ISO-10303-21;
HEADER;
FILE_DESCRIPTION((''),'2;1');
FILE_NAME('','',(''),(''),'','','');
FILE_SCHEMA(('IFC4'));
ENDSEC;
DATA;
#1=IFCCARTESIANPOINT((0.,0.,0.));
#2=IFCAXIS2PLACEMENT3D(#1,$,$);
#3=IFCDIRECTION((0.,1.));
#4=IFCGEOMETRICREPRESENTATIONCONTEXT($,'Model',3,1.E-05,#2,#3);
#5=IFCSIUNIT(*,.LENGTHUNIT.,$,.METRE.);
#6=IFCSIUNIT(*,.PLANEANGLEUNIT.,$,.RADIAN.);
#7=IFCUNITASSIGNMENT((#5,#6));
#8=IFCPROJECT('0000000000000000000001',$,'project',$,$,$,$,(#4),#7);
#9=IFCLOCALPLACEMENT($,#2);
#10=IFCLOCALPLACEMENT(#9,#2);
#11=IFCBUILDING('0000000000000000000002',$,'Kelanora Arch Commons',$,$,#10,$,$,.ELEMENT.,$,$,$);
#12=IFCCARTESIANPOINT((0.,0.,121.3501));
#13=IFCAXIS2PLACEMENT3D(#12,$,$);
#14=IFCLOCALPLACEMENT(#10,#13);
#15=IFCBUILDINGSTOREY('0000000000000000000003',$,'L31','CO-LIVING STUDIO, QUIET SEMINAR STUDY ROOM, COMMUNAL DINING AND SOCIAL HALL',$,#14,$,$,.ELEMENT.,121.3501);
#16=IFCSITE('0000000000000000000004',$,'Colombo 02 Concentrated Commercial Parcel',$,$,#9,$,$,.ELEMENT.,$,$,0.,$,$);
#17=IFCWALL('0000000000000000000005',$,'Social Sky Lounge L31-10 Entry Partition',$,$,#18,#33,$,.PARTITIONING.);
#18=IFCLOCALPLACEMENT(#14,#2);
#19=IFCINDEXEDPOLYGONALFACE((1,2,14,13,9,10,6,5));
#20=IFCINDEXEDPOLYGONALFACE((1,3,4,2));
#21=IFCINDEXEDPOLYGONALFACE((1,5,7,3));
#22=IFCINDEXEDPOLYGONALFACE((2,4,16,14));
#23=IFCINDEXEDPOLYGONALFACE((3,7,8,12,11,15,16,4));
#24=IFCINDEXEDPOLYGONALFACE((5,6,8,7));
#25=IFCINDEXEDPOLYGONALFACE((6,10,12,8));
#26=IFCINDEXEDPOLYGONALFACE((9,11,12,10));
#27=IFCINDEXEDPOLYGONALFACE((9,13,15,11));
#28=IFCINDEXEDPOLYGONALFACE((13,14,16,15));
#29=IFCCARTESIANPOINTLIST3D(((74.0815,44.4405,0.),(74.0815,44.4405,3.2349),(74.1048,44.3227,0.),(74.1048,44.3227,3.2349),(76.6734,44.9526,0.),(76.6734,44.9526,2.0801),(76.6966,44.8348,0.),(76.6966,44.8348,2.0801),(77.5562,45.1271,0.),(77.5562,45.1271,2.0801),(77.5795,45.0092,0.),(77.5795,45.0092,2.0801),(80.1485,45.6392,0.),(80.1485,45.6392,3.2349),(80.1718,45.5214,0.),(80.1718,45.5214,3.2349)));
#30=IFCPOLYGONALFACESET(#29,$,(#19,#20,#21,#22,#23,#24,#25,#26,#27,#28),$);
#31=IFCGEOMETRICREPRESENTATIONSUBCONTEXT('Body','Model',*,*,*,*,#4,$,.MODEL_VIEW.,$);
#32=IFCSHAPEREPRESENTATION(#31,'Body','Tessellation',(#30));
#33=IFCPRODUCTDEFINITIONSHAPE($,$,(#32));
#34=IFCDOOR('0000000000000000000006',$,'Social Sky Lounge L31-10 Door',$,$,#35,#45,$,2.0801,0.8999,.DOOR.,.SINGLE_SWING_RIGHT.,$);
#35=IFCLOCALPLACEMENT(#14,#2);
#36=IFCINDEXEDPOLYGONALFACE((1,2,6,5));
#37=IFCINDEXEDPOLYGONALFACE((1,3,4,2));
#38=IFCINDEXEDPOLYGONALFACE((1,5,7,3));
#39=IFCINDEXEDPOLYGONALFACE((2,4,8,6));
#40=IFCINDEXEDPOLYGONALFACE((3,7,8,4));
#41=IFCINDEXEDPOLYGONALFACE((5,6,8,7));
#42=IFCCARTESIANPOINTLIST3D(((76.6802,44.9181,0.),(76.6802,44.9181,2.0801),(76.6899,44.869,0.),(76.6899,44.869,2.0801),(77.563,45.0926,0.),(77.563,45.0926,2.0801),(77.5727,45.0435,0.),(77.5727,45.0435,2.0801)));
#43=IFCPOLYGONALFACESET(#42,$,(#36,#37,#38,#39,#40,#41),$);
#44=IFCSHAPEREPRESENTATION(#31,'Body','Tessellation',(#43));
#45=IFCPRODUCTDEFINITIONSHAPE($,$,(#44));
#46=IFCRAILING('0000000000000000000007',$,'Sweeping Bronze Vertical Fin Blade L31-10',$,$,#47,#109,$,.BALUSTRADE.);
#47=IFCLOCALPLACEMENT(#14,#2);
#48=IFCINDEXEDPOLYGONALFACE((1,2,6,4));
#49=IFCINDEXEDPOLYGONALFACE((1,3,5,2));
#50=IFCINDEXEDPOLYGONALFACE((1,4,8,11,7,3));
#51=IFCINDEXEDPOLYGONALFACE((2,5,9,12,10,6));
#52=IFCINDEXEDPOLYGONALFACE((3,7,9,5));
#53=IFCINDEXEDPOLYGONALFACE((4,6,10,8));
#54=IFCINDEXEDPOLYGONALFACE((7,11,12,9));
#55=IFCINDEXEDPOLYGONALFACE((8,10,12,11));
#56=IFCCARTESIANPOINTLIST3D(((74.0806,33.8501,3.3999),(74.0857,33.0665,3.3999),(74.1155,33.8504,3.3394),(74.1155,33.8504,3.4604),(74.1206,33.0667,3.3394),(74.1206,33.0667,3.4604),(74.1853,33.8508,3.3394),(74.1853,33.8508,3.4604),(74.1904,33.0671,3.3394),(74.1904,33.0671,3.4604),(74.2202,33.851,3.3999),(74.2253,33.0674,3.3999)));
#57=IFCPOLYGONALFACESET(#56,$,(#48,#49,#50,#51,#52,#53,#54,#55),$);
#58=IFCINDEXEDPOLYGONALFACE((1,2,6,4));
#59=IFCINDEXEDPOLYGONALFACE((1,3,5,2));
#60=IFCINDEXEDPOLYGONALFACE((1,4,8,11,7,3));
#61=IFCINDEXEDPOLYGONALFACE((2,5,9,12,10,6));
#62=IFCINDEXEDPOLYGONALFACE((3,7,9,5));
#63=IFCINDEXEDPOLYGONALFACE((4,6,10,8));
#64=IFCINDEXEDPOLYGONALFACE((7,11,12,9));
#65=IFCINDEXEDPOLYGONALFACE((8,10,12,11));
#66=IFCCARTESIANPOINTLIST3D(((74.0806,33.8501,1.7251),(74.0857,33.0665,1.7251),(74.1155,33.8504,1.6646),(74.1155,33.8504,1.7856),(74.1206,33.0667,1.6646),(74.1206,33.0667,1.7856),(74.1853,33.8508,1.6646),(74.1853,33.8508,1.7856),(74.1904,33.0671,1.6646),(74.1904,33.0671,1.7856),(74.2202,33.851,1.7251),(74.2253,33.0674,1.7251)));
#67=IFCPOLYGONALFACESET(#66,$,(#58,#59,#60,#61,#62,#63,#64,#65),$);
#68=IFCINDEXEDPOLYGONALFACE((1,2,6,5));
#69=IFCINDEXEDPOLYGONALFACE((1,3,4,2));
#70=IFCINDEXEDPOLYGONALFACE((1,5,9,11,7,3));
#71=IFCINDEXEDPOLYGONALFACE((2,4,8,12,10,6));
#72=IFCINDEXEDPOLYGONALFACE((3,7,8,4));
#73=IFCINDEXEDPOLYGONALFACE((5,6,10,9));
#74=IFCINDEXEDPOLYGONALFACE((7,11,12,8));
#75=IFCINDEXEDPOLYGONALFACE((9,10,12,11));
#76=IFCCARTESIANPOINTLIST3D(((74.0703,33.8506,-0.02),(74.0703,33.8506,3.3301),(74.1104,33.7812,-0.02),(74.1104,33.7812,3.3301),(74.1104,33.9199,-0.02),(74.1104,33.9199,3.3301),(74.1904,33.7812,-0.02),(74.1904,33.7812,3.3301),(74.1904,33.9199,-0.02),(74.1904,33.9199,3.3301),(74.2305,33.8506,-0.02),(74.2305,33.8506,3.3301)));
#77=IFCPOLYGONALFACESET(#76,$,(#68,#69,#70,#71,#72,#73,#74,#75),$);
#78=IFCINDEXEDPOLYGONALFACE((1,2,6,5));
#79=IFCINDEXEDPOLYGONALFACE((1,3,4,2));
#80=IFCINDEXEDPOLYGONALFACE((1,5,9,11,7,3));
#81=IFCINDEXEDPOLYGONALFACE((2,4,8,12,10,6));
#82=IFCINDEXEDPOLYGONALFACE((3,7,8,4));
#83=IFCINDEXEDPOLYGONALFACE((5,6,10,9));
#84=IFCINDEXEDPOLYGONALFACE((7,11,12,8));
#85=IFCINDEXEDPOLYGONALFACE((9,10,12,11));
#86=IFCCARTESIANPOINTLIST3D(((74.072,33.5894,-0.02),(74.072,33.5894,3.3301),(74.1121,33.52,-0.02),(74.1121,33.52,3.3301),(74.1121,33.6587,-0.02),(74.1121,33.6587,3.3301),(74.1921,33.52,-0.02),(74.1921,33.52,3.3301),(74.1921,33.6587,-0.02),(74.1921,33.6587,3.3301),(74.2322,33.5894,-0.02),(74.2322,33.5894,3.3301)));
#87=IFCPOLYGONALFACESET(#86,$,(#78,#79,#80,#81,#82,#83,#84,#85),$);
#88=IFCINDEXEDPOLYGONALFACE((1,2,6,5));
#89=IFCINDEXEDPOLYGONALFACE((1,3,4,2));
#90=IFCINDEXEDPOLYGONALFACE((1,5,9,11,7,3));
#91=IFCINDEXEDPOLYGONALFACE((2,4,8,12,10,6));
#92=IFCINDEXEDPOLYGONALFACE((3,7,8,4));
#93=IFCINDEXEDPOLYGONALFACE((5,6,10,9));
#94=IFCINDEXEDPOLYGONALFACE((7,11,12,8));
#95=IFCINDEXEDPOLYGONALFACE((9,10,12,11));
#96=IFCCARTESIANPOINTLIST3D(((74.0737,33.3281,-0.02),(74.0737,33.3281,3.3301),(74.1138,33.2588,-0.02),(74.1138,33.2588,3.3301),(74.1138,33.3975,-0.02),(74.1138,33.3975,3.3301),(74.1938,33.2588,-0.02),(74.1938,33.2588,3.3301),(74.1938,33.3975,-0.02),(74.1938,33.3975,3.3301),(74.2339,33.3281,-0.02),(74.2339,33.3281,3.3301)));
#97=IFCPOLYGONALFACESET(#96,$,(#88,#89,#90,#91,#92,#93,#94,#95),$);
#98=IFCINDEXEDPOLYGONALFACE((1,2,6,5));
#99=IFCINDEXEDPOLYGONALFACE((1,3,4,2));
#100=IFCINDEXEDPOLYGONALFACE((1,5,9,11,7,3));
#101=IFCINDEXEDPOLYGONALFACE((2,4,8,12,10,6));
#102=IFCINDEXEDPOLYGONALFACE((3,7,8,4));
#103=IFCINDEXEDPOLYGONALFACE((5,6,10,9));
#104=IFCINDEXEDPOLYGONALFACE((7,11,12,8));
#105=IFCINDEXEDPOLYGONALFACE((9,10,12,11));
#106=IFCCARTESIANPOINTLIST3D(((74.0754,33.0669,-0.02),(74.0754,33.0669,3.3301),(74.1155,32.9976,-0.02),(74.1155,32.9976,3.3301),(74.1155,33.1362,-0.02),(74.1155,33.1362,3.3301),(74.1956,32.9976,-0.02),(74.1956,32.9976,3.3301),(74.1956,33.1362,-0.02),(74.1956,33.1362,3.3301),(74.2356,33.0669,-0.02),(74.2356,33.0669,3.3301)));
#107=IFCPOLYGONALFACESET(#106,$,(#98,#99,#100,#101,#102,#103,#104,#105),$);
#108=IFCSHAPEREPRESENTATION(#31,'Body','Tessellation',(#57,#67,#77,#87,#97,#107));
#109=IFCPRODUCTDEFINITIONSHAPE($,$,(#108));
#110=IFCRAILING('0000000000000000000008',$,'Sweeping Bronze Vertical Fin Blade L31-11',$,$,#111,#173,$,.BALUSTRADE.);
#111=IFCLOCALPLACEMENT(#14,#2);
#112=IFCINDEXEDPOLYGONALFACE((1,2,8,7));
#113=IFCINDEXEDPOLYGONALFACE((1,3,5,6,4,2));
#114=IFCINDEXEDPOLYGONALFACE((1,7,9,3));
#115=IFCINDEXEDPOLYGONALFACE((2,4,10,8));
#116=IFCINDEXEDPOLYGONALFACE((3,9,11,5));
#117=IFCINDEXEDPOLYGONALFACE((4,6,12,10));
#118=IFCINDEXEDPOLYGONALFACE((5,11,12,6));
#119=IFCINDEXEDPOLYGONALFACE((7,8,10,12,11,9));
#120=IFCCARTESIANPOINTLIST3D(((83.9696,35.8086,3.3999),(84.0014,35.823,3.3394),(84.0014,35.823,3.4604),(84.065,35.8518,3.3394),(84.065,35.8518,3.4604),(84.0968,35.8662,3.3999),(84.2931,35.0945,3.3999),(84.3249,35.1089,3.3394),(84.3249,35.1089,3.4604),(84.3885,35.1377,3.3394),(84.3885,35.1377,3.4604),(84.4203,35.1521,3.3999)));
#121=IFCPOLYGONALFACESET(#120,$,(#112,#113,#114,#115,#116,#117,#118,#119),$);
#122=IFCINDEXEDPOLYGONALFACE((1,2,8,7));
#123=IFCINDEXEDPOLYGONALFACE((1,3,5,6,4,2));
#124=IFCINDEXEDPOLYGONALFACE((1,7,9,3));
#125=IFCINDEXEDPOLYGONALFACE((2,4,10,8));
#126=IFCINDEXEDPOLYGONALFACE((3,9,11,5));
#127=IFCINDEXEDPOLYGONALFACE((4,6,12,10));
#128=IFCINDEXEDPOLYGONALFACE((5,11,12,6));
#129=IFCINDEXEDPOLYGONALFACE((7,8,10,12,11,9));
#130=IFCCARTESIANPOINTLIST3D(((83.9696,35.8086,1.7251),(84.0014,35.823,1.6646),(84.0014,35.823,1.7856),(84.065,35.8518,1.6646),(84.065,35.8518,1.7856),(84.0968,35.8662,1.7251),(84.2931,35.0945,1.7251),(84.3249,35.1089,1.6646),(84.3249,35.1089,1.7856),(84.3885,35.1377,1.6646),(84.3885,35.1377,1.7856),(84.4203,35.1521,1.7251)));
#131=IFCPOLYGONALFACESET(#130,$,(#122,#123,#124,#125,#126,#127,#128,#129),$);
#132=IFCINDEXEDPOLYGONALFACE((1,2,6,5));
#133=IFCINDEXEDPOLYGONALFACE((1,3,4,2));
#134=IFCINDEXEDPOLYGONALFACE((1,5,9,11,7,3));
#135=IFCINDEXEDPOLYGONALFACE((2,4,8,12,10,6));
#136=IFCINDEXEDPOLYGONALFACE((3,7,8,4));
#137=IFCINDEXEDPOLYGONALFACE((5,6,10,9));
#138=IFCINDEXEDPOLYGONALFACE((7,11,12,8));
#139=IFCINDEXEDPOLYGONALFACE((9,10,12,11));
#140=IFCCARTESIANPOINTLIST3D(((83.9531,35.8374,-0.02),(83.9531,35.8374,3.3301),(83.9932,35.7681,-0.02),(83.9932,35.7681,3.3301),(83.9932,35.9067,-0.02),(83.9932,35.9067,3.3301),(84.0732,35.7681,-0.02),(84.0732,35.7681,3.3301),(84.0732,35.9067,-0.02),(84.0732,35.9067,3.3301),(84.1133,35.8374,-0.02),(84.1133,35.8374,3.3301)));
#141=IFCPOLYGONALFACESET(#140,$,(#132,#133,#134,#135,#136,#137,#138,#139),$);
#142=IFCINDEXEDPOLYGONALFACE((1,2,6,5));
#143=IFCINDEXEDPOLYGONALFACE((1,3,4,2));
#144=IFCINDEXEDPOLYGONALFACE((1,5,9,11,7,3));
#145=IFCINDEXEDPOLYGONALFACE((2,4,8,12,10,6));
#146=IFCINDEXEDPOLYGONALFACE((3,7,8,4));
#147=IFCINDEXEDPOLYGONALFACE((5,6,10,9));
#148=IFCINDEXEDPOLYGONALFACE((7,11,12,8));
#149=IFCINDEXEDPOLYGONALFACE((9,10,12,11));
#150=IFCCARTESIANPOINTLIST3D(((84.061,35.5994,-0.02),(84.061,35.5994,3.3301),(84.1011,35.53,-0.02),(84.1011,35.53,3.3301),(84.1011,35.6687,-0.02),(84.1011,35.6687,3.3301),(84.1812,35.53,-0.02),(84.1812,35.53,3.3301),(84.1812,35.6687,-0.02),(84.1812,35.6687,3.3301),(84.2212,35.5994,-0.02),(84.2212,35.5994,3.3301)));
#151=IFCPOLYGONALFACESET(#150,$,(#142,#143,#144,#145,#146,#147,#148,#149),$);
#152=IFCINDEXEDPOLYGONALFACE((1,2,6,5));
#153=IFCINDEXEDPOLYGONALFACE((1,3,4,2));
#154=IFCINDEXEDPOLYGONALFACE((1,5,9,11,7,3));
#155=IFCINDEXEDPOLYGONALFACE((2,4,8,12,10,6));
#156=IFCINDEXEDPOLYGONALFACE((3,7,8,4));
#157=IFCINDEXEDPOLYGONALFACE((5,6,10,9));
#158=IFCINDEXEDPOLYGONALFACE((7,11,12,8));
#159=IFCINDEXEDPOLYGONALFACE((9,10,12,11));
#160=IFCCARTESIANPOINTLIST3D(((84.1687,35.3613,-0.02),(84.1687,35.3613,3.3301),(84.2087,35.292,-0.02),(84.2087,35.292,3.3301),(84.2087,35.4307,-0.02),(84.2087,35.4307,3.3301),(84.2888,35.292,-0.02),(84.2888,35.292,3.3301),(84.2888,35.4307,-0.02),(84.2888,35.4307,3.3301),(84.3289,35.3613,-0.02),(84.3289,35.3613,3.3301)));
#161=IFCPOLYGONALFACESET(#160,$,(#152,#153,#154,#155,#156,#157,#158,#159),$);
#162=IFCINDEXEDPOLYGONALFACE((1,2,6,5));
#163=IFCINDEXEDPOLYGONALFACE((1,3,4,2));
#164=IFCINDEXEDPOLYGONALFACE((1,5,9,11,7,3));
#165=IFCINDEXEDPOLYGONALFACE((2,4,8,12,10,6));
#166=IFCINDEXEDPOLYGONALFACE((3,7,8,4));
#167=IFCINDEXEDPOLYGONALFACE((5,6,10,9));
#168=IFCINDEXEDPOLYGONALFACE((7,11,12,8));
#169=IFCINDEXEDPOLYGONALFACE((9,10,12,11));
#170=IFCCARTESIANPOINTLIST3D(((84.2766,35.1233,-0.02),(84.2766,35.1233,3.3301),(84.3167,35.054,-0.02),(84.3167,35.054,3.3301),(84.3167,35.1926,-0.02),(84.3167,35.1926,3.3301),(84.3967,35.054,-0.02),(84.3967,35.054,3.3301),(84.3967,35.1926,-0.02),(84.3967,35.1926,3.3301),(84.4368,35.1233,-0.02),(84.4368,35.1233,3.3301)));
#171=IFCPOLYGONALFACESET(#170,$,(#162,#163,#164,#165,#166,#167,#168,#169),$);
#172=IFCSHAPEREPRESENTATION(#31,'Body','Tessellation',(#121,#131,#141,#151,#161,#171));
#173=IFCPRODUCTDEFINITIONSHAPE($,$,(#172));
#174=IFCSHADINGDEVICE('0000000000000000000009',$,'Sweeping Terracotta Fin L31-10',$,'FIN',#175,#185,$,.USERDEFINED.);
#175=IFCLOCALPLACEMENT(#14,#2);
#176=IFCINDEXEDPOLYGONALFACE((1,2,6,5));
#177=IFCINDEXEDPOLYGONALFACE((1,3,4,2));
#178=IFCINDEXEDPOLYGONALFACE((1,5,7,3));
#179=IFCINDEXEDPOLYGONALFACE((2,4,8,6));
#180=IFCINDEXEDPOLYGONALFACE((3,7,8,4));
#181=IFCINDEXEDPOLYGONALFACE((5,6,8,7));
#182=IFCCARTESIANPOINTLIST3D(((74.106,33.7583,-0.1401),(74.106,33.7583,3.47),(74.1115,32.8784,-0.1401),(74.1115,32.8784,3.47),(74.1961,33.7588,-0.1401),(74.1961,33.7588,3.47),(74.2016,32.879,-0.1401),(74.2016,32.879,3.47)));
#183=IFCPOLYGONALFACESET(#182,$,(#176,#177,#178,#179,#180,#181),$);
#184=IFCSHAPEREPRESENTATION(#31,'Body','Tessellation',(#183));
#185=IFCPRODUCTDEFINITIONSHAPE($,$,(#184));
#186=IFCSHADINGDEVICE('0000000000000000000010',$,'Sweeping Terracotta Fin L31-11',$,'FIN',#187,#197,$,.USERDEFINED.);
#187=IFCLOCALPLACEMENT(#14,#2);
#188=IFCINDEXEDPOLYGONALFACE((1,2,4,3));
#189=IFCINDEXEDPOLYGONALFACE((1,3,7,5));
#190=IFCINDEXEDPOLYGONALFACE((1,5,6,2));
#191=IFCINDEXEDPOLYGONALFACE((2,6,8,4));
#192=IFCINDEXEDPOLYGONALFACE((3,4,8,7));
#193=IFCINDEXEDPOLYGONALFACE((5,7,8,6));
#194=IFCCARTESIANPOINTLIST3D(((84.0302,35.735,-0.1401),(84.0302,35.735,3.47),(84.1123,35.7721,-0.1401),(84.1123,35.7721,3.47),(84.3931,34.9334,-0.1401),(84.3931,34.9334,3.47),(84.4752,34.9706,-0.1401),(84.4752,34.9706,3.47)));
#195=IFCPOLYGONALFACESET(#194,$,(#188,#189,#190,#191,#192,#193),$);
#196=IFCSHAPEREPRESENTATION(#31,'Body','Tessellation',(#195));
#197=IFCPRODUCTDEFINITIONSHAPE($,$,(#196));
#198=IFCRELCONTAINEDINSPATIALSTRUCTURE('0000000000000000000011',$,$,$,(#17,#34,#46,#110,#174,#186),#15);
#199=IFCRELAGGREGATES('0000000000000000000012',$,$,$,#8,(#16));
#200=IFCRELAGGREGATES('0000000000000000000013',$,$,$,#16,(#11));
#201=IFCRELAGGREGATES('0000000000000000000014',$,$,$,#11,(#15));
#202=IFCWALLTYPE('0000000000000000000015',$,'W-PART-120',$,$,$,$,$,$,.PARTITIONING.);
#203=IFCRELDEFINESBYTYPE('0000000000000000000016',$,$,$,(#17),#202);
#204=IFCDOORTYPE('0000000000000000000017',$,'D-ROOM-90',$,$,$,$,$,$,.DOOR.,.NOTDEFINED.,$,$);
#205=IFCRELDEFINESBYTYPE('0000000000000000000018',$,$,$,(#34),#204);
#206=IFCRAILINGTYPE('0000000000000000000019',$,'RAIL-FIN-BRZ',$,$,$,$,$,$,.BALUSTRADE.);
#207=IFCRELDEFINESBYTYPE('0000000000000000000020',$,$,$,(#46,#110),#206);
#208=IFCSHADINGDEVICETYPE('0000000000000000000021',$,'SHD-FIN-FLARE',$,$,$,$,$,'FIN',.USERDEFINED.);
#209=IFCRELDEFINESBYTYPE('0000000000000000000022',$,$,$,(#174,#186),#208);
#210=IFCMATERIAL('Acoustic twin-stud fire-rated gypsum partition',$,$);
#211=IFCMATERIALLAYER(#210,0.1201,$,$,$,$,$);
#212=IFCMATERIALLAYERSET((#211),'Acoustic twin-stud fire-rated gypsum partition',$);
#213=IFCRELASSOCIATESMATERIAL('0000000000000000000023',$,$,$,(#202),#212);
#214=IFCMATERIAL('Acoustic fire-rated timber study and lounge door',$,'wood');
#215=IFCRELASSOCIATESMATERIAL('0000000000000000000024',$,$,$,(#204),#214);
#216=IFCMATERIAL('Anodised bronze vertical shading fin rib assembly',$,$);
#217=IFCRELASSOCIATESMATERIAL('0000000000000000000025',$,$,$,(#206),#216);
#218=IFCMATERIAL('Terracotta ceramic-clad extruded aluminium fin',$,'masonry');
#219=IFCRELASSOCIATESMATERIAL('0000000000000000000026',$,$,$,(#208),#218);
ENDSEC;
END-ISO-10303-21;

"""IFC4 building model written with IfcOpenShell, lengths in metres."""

from ifc_helpers import new_model, si_unit, direction, frame, frame_2d, origin, origin_2d, place, context, subcontext, project, spatial, polyline, rectangle, outline, extrude, source, transform, mapped, material, layer, layer_set, type_object, element, fill, save


model = new_model("IFC4")

# Units and contexts
model_context = context("Model", 3, precision=1e-05, world=origin(), true_north=direction((0.0, 1.0)))
body_context = subcontext(model_context, "Body", "Model", "MODEL_VIEW")
ifc_project = project(units=[si_unit("LENGTHUNIT", "METRE"), si_unit("PLANEANGLEUNIT", "RADIAN")], contexts=[model_context])

# Site, building, storey
site_placement = place(None, origin())
site = spatial("IfcSite", under=ifc_project, at=site_placement, Name="Colombo 02 Concentrated Commercial Parcel", CompositionType="ELEMENT", RefElevation=0.0)
building_placement = place(site_placement, origin())
building = spatial("IfcBuilding", under=site, at=building_placement, Name="Kelanora Arch Commons", CompositionType="ELEMENT")
storey_placement = place(building_placement, frame((0.0, 0.0, 121.3501)))
storey = spatial("IfcBuildingStorey", under=building, at=storey_placement, Name="L31", Description="CO-LIVING STUDIO, QUIET SEMINAR STUDY ROOM, COMMUNAL DINING AND SOCIAL HALL", CompositionType="ELEMENT", Elevation=121.3501)

# Wall, opening, door
ifc_material_1 = material(Name="Acoustic twin-stud fire-rated gypsum partition")
ifc_layer_1 = layer(ifc_material_1, 0.1201)
ifc_layer_set_1 = layer_set([ifc_layer_1], Name="Acoustic twin-stud fire-rated gypsum partition")
wall_type_1 = type_object("IfcWallType", Name="W-PART-120", PredefinedType="PARTITIONING", material=ifc_layer_set_1)
wall_1_placement = place(storey_placement, frame((74.093, 44.3816, 0.0), z_axis=(0.0, 0.0, 1.0), x_axis=(0.981035, 0.193831, 0.0)))
wall_1 = element("IfcWall", 1, at=wall_1_placement, inside=storey, type_object=wall_type_1, Name="Social Sky Lounge L31-10 Entry Partition", PredefinedType="PARTITIONING", context=body_context, shape_type="SweptSolid", body=[
    extrude(rectangle(XDim=6.1843, YDim=0.1201, at=frame_2d((3.0923, 0.0))), origin(), (0.0, 0.0, 1.0), 3.2349),
])
opening_placement = place(wall_1_placement, frame((2.6421, 0.0, 0.0)))
opening = element("IfcOpeningElement", 2, at=opening_placement, cuts=wall_1, PredefinedType="OPENING", context=body_context, shape_type="SweptSolid", body=[
    extrude(rectangle(XDim=0.8999, YDim=2.0801, at=frame_2d((0.45, 1.04))), frame((0.0, 0.0701, 0.0), z_axis=(0.0, -1.0, 0.0), x_axis=(1.0, 0.0, 0.0)), (0.0, 0.0, 1.0), 0.1401),
])
ifc_material_2 = material(Name="Acoustic fire-rated timber study and lounge door", Category="wood")
door_type = type_object("IfcDoorType", Name="D-ROOM-90", OperationType="NOTDEFINED", PredefinedType="DOOR", material=ifc_material_2)
door_placement = place(opening_placement, origin())
door = element("IfcDoor", 3, at=door_placement, inside=storey, type_object=door_type, Name="Social Sky Lounge L31-10 Door", OperationType="SINGLE_SWING_RIGHT", OverallHeight=2.0801, OverallWidth=0.8999, PredefinedType="DOOR", context=body_context, shape_type="SweptSolid", body=[
    extrude(rectangle(XDim=0.8999, YDim=2.0801, at=frame_2d((0.45, 1.04))), frame((0.0, 0.0249, 0.0), z_axis=(0.0, -1.0, 0.0), x_axis=(1.0, 0.0, 0.0)), (0.0, 0.0, 1.0), 0.05),
])
fill(opening, door)

# Railings
ifc_material_3 = material(Name="Anodised bronze vertical shading fin rib assembly")
railing_type = type_object("IfcRailingType", Name="RAIL-FIN-BRZ", PredefinedType="BALUSTRADE", material=ifc_material_3)
railing_1_placement = place(storey_placement, frame((74.1504, 33.8506, -0.02)))
element("IfcRailing", 4, at=railing_1_placement, inside=storey, type_object=railing_type, Name="Sweeping Bronze Vertical Fin Blade L31-10", PredefinedType="BALUSTRADE", context=body_context, shape_type="SweptSolid", body=[
    extrude(outline(polyline([(0.0698, 0.0), (0.0349, 0.0605), (-0.0349, 0.0605), (-0.0698, 0.0), (-0.0349, -0.0605), (0.0349, -0.0605), (0.0698, 0.0)])), frame((0.0, 0.0, 3.4199), z_axis=(0.006542, -0.999979, 0.0), x_axis=(0.999979, 0.006542, 0.0)), (0.0, 0.0, 1.0), 0.7837),
    extrude(outline(polyline([(0.0698, 0.0), (0.0349, 0.0605), (-0.0349, 0.0605), (-0.0698, 0.0), (-0.0349, -0.0605), (0.0349, -0.0605), (0.0698, 0.0)])), frame((0.0, 0.0, 1.7451), z_axis=(0.006542, -0.999979, 0.0), x_axis=(0.999979, 0.006542, 0.0)), (0.0, 0.0, 1.0), 0.7837),
    extrude(outline(polyline([(0.0801, 0.0), (0.04, 0.0693), (-0.04, 0.0693), (-0.0801, 0.0), (-0.04, -0.0693), (0.04, -0.0693), (0.0801, 0.0)])), origin(), (0.0, 0.0, 1.0), 3.3501),
    extrude(outline(polyline([(0.0801, 0.0), (0.04, 0.0693), (-0.04, 0.0693), (-0.0801, 0.0), (-0.04, -0.0693), (0.04, -0.0693), (0.0801, 0.0)])), frame((0.0017, -0.2612, 0.0)), (0.0, 0.0, 1.0), 3.3501),
    extrude(outline(polyline([(0.0801, 0.0), (0.04, 0.0693), (-0.04, 0.0693), (-0.0801, 0.0), (-0.04, -0.0693), (0.04, -0.0693), (0.0801, 0.0)])), frame((0.0034, -0.5225, 0.0)), (0.0, 0.0, 1.0), 3.3501),
    extrude(outline(polyline([(0.0801, 0.0), (0.04, 0.0693), (-0.04, 0.0693), (-0.0801, 0.0), (-0.04, -0.0693), (0.04, -0.0693), (0.0801, 0.0)])), frame((0.0051, -0.7837, 0.0)), (0.0, 0.0, 1.0), 3.3501),
])
railing_2_placement = place(storey_placement, frame((84.0332, 35.8374, -0.02)))
element("IfcRailing", 5, at=railing_2_placement, inside=storey, type_object=railing_type, Name="Sweeping Bronze Vertical Fin Blade L31-11", PredefinedType="BALUSTRADE", context=body_context, shape_type="SweptSolid", body=[
    extrude(outline(polyline([(0.0698, 0.0), (0.0349, 0.0605), (-0.0349, 0.0605), (-0.0698, 0.0), (-0.0349, -0.0605), (0.0349, -0.0605), (0.0698, 0.0)])), frame((0.0, 0.0, 3.4199), z_axis=(0.412629, -0.910899, 0.0), x_axis=(0.910899, 0.412629, 0.0)), (0.0, 0.0, 1.0), 0.7839),
    extrude(outline(polyline([(0.0698, 0.0), (0.0349, 0.0605), (-0.0349, 0.0605), (-0.0698, 0.0), (-0.0349, -0.0605), (0.0349, -0.0605), (0.0698, 0.0)])), frame((0.0, 0.0, 1.7451), z_axis=(0.412629, -0.910899, 0.0), x_axis=(0.910899, 0.412629, 0.0)), (0.0, 0.0, 1.0), 0.7839),
    extrude(outline(polyline([(0.0801, 0.0), (0.04, 0.0693), (-0.04, 0.0693), (-0.0801, 0.0), (-0.04, -0.0693), (0.04, -0.0693), (0.0801, 0.0)])), origin(), (0.0, 0.0, 1.0), 3.3501),
    extrude(outline(polyline([(0.0801, 0.0), (0.04, 0.0693), (-0.04, 0.0693), (-0.0801, 0.0), (-0.04, -0.0693), (0.04, -0.0693), (0.0801, 0.0)])), frame((0.1079, -0.238, 0.0)), (0.0, 0.0, 1.0), 3.3501),
    extrude(outline(polyline([(0.0801, 0.0), (0.04, 0.0693), (-0.04, 0.0693), (-0.0801, 0.0), (-0.04, -0.0693), (0.04, -0.0693), (0.0801, 0.0)])), frame((0.2156, -0.4761, 0.0)), (0.0, 0.0, 1.0), 3.3501),
    extrude(outline(polyline([(0.0801, 0.0), (0.04, 0.0693), (-0.04, 0.0693), (-0.0801, 0.0), (-0.04, -0.0693), (0.04, -0.0693), (0.0801, 0.0)])), frame((0.3235, -0.7141, 0.0)), (0.0, 0.0, 1.0), 3.3501),
])

# Shading devices
ifc_material_4 = material(Name="Terracotta ceramic-clad extruded aluminium fin", Category="masonry")
shading_device_type = type_object("IfcShadingDeviceType", Name="SHD-FIN-FLARE", ElementType="FIN", PredefinedType="USERDEFINED", material=ifc_material_4)
shared_shape_1 = source(origin(), body_context, "Body", "SweptSolid", [
    extrude(rectangle(XDim=0.8799, YDim=0.0901, at=origin_2d()), origin(), (0.0, 0.0, 1.0), 3.6101),
])
for number, where, z_axis, x_axis, name in (
    (6, (74.1538, 33.3186, -0.1401), (0.0, 0.0, 1.0), (0.006283, -0.99998, 0.0), "Sweeping Terracotta Fin L31-10"),
    (7, (84.2527, 35.3528, -0.1401), (0.0, 0.0, 1.0), (0.412469, -0.910972, 0.0), "Sweeping Terracotta Fin L31-11"),
):
    element("IfcShadingDevice", number, at=place(storey_placement, frame(where, z_axis=z_axis, x_axis=x_axis)), inside=storey, type_object=shading_device_type, Name=name, ObjectType="FIN", PredefinedType="USERDEFINED", context=body_context, shape_type="MappedRepresentation", body=[
        mapped(shared_shape_1, transform((0.0, 0.0, 0.0), scale=1.0)),
    ])

save(model, "model.ifc")
